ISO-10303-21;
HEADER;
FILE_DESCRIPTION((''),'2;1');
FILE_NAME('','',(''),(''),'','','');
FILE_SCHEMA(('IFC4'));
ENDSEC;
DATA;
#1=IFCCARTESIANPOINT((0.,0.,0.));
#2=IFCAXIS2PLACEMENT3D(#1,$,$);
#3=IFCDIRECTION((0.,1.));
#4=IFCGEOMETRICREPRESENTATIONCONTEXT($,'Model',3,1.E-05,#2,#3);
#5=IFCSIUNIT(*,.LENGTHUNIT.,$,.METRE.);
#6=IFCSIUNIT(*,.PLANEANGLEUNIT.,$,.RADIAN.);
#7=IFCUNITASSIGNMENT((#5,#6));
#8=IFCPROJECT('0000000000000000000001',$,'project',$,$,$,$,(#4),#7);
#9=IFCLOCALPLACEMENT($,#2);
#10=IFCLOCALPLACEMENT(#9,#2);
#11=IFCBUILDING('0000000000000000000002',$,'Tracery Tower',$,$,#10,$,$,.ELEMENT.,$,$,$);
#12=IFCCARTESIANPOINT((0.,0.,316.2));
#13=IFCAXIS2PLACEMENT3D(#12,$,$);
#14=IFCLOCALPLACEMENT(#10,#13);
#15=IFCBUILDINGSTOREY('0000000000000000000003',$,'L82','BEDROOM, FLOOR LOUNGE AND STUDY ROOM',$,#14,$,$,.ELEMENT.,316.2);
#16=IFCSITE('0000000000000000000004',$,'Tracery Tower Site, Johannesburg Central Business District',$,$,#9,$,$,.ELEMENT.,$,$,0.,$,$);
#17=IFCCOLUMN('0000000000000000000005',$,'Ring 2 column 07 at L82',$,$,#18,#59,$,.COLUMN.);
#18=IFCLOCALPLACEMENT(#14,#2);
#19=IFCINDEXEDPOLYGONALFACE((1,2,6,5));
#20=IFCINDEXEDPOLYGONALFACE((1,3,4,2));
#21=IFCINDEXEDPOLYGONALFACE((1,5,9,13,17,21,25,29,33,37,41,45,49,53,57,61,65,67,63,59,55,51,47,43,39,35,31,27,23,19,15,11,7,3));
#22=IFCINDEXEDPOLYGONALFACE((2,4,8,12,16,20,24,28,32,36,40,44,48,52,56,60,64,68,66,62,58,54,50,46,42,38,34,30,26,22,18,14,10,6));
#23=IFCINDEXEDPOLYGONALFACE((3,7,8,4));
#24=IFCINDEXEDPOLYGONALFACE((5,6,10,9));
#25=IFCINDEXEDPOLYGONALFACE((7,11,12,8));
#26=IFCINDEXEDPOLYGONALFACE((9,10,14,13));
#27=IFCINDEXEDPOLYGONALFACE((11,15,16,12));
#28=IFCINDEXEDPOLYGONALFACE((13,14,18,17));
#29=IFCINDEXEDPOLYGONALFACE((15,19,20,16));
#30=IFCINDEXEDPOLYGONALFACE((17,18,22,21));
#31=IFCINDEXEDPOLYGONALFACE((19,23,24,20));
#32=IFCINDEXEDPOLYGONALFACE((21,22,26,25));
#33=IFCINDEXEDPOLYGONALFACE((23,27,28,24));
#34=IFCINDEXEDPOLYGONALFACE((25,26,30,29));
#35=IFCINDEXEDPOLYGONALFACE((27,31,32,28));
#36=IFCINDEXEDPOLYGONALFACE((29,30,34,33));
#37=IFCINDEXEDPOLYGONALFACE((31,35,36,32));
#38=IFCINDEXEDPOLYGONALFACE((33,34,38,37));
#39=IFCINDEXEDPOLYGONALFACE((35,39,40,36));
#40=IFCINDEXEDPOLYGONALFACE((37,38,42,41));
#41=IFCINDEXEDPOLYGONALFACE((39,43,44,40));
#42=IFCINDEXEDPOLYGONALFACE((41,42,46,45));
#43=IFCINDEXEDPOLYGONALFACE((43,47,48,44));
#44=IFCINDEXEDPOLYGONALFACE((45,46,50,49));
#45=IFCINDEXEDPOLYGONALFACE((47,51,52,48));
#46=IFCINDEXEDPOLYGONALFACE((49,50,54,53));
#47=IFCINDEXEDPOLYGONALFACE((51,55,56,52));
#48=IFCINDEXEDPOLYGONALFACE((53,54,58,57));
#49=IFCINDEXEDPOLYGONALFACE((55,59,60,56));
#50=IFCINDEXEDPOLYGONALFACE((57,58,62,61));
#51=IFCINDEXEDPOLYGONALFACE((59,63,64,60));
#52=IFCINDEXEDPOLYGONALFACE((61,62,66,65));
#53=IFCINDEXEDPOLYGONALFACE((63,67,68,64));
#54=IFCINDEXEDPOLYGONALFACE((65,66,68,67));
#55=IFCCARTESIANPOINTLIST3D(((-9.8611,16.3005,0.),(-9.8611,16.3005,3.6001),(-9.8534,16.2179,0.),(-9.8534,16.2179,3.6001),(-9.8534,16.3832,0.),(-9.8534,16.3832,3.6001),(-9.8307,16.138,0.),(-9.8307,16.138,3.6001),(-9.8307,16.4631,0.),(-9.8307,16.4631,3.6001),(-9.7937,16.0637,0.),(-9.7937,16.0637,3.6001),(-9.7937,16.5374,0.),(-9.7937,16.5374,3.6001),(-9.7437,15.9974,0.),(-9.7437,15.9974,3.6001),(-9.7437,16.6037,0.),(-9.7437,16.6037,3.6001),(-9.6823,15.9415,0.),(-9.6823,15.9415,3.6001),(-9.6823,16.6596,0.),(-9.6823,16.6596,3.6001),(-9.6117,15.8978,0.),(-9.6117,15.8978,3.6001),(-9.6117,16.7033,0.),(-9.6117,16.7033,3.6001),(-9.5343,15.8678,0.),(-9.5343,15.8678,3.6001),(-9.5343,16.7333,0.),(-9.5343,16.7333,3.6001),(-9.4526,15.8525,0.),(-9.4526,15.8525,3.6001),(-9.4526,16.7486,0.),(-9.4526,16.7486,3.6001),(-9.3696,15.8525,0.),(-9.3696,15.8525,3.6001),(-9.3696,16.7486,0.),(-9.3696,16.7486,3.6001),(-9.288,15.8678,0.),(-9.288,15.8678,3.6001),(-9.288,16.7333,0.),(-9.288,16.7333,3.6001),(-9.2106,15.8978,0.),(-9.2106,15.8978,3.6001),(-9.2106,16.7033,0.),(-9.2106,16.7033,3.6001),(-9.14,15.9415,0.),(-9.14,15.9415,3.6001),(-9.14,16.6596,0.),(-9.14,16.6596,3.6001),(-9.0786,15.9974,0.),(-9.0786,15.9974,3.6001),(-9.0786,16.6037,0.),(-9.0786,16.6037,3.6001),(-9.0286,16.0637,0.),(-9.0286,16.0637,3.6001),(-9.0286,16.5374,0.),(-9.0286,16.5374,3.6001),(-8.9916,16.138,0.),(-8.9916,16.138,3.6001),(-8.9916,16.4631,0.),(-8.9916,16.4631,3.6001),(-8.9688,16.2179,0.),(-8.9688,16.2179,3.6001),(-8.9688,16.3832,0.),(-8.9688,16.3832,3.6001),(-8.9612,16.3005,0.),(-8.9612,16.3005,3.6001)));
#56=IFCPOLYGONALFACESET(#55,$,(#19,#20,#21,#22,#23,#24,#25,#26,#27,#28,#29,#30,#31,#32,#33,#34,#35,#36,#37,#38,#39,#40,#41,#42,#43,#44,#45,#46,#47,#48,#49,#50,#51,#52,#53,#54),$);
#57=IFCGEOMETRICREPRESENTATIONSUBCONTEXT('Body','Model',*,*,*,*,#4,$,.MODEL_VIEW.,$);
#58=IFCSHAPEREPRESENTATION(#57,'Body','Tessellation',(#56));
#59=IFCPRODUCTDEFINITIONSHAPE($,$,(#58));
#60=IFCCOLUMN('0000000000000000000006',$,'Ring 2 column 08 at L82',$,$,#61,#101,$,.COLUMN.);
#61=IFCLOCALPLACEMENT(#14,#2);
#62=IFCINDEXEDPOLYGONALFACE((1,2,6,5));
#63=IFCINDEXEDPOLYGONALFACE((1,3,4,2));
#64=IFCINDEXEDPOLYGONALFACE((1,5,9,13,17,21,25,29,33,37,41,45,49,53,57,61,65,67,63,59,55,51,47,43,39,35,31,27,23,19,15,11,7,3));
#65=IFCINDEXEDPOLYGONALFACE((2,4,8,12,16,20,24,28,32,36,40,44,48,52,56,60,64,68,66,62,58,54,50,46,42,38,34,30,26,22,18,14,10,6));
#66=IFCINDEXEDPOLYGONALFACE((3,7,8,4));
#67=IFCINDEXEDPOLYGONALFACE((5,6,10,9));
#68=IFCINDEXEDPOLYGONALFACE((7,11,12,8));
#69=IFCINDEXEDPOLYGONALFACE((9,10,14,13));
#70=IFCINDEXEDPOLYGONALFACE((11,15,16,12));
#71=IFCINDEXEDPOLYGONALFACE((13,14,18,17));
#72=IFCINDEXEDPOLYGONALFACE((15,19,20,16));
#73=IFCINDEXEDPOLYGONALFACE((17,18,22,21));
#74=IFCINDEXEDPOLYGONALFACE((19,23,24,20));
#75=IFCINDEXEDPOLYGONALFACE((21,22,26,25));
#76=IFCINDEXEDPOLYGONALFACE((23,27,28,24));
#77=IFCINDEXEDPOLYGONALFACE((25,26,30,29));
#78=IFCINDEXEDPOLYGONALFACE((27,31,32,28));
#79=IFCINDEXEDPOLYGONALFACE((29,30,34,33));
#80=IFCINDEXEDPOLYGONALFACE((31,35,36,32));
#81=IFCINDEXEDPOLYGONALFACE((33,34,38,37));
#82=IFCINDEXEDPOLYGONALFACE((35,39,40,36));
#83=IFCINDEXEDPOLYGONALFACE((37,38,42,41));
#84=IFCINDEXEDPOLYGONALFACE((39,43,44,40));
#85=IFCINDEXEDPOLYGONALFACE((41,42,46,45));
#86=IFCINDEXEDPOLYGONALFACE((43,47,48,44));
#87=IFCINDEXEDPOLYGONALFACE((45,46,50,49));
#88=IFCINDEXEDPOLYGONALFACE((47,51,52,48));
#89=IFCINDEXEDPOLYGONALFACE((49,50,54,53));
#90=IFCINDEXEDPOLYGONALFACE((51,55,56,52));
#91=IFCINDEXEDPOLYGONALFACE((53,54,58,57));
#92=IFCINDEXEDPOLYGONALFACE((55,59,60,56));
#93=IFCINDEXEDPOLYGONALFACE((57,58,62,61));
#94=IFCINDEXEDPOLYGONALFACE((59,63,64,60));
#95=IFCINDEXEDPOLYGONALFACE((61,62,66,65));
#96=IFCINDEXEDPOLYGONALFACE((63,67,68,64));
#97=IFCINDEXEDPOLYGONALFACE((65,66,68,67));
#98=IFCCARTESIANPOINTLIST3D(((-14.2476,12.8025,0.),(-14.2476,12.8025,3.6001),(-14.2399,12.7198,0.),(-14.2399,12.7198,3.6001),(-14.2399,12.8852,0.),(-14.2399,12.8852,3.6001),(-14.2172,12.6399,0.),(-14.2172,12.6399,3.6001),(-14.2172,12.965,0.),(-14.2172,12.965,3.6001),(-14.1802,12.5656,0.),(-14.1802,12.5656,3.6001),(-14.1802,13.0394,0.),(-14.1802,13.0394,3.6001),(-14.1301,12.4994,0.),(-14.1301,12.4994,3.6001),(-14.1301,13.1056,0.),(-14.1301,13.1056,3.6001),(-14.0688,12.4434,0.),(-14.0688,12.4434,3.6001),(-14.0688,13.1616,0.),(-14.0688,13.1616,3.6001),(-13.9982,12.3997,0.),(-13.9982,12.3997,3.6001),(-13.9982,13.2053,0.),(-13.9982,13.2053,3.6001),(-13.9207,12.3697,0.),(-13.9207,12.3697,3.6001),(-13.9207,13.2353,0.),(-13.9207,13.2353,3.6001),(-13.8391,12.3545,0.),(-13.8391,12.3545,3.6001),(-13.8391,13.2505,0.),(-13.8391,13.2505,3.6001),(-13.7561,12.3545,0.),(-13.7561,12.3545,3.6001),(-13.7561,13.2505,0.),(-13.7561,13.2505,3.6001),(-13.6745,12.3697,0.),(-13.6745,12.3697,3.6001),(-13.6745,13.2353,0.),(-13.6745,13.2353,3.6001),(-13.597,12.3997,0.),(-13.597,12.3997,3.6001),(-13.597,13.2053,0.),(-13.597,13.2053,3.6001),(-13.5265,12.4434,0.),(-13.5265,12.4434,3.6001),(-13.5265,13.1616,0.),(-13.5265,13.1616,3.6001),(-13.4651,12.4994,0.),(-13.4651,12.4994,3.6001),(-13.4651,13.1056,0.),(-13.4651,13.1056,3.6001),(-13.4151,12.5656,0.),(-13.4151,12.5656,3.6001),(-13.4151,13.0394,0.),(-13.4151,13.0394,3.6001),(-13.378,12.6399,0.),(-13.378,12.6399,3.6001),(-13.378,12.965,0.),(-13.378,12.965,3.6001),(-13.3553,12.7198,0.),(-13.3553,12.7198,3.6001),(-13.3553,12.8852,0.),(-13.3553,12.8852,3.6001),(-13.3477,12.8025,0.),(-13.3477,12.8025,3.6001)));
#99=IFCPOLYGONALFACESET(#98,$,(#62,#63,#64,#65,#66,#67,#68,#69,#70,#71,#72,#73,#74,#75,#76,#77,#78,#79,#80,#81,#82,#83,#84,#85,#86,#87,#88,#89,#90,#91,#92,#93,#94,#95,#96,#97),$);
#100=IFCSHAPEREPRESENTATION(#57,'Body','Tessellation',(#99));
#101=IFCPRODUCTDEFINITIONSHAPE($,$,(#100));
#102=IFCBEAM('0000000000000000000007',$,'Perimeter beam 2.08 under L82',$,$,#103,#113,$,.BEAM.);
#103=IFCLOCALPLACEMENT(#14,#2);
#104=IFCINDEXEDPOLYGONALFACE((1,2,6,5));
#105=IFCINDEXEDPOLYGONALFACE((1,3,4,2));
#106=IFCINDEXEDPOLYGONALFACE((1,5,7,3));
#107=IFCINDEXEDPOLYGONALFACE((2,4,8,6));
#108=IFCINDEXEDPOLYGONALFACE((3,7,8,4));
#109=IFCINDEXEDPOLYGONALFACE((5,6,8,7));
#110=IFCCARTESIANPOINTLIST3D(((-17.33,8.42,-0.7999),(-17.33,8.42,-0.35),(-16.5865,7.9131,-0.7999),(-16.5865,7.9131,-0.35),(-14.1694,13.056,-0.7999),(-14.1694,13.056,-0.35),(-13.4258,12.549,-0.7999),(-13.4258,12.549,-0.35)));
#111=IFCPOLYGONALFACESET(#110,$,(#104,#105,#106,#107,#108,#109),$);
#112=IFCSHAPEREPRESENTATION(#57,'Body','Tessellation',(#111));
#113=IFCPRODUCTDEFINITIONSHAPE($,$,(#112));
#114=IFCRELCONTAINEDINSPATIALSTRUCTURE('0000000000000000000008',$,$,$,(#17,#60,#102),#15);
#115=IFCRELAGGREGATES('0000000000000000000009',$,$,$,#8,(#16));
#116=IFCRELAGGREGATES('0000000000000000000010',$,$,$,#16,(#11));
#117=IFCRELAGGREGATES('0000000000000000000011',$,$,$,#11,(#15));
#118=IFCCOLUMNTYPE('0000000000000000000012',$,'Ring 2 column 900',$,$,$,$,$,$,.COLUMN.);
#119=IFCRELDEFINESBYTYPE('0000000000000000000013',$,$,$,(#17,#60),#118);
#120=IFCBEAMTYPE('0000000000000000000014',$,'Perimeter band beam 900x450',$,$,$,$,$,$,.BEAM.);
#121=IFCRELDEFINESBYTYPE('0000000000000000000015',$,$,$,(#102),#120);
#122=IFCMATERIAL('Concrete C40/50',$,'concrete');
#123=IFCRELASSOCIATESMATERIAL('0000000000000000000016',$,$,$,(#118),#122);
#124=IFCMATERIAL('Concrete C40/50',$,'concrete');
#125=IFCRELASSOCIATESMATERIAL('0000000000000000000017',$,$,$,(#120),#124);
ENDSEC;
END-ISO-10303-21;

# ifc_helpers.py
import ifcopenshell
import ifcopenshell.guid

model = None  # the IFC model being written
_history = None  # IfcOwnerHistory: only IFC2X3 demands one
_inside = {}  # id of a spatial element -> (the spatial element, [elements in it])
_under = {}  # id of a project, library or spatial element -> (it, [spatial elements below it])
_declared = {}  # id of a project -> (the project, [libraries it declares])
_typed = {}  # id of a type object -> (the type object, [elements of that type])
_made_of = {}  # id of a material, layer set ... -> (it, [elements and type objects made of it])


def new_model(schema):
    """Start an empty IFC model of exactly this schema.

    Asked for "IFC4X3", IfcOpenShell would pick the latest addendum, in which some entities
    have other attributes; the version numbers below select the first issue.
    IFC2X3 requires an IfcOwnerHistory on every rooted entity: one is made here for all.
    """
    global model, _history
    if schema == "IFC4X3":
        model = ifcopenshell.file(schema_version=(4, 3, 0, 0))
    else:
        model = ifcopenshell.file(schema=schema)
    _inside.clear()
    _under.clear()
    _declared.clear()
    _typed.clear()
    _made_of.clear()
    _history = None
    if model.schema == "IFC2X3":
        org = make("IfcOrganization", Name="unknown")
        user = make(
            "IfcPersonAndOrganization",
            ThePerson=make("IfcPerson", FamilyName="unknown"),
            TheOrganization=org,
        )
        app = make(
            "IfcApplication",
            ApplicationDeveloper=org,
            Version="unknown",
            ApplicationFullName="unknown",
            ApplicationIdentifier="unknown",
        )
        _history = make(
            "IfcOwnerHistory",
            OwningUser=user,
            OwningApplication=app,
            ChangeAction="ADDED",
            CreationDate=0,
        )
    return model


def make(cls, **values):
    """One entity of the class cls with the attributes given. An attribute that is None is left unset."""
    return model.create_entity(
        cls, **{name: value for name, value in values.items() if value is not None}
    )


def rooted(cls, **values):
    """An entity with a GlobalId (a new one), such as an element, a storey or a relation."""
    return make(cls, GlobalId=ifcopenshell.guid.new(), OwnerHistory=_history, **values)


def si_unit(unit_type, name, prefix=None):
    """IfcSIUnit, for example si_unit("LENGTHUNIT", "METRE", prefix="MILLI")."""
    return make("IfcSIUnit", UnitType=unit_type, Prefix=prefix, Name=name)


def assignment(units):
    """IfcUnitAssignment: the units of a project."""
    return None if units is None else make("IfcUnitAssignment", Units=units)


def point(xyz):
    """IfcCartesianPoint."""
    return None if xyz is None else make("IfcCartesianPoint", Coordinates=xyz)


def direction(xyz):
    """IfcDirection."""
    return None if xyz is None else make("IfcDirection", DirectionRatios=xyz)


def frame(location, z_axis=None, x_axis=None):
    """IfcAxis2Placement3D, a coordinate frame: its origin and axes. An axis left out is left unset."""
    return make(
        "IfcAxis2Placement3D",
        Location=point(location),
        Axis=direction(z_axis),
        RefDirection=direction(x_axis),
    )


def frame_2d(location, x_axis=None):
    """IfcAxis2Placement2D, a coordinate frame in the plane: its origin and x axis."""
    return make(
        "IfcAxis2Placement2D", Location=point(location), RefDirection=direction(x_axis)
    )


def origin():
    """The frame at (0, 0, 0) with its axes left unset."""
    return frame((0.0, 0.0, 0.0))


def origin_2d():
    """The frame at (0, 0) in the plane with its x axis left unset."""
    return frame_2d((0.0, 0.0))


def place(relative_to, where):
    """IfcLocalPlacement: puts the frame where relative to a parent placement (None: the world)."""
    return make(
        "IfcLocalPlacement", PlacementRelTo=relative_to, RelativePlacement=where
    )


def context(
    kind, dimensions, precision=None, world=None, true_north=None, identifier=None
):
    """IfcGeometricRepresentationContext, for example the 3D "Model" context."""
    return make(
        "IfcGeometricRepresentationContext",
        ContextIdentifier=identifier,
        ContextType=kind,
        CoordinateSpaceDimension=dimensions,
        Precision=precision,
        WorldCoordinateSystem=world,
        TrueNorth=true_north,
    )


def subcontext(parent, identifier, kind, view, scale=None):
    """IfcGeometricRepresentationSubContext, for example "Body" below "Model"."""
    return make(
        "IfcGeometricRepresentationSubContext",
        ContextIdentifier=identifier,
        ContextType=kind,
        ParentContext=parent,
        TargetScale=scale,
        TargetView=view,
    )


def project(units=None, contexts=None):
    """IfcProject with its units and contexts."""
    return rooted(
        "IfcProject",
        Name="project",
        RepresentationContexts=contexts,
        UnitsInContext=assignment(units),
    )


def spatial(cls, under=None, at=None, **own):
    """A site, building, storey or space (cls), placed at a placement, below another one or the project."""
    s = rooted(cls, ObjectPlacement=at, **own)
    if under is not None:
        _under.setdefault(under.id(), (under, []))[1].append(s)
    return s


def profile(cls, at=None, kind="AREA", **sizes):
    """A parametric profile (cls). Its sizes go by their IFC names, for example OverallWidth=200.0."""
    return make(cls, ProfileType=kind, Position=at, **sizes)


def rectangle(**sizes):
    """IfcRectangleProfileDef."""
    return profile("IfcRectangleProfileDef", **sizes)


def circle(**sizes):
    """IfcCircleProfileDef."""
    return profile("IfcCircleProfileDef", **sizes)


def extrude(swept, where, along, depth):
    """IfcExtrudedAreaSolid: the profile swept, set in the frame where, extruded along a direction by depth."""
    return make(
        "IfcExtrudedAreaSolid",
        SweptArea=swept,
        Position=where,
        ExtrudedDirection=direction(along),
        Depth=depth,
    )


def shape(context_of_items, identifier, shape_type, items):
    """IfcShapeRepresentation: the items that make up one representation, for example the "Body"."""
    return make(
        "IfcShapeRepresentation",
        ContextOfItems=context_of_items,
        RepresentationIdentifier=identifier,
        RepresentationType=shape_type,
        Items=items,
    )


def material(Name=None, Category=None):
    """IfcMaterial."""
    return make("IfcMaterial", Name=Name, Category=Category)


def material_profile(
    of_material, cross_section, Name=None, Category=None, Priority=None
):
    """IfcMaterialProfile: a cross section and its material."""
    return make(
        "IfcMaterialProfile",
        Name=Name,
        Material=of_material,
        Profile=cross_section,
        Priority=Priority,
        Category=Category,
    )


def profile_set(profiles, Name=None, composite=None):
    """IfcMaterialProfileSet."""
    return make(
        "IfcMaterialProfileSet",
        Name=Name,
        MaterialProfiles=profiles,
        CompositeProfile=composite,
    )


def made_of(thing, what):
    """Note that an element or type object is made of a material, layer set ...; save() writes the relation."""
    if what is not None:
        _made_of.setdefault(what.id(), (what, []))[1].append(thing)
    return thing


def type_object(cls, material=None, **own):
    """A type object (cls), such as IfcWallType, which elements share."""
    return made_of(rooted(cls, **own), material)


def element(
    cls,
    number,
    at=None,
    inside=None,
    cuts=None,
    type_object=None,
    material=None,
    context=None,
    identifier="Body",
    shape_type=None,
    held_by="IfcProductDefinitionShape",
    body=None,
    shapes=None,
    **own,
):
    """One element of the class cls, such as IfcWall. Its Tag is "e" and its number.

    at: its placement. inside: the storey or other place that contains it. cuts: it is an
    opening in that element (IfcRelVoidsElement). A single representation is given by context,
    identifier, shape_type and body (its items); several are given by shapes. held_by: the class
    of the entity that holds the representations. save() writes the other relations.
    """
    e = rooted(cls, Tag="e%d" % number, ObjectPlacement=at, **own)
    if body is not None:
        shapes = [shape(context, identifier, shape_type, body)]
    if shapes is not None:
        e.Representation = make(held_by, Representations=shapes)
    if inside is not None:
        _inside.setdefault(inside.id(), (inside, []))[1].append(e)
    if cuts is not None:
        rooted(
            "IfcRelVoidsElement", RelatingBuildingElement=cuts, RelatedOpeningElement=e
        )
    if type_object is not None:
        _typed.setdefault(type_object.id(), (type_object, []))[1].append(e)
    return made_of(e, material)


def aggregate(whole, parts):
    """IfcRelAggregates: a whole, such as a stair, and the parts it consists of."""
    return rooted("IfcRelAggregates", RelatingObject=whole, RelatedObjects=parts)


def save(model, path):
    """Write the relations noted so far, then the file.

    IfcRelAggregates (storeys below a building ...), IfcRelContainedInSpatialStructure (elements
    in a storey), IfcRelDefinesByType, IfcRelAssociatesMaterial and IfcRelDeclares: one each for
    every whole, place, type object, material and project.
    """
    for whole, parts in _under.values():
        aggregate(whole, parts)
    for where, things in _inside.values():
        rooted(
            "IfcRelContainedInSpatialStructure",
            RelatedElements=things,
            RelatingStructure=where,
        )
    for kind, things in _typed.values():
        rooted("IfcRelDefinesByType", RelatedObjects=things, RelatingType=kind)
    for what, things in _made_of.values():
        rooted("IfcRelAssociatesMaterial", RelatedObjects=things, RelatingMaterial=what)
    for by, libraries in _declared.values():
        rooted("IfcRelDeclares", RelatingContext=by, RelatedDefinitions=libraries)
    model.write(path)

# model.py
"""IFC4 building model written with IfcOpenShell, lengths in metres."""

from ifc_helpers import new_model, si_unit, direction, frame, origin, origin_2d, place, context, subcontext, project, spatial, rectangle, circle, extrude, material, material_profile, profile_set, type_object, element, save


model = new_model("IFC4")

# Units and contexts
model_context = context("Model", 3, precision=1e-05, world=origin(), true_north=direction((0.0, 1.0)))
body_context = subcontext(model_context, "Body", "Model", "MODEL_VIEW")
ifc_project = project(units=[si_unit("LENGTHUNIT", "METRE"), si_unit("PLANEANGLEUNIT", "RADIAN")], contexts=[model_context])

# Site, building, storey
site_placement = place(None, origin())
site = spatial("IfcSite", under=ifc_project, at=site_placement, Name="Tracery Tower Site, Johannesburg Central Business District", CompositionType="ELEMENT", RefElevation=0.0)
building_placement = place(site_placement, origin())
building = spatial("IfcBuilding", under=site, at=building_placement, Name="Tracery Tower", CompositionType="ELEMENT")
storey_placement = place(building_placement, frame((0.0, 0.0, 316.2)))
storey = spatial("IfcBuildingStorey", under=building, at=storey_placement, Name="L82", Description="BEDROOM, FLOOR LOUNGE AND STUDY ROOM", CompositionType="ELEMENT", Elevation=316.2)

# Columns
ifc_material_1 = material(Name="Concrete C40/50", Category="concrete")
ifc_material_profile_1 = material_profile(ifc_material_1, circle(Radius=0.45, at=origin_2d()), Name="RC D900")
ifc_profile_set_1 = profile_set([ifc_material_profile_1], Name="Concrete C40/50")
column_type = type_object("IfcColumnType", Name="Ring 2 column 900", PredefinedType="COLUMN", material=ifc_profile_set_1)
for number, where, z_axis, x_axis, name in (
    (1, (-9.4111, 16.3005, 0.0), (0.0, 0.0, 1.0), (1.0, 0.0, 0.0), "Ring 2 column 07 at L82"),
    (2, (-13.7976, 12.8025, 0.0), (0.0, 0.0, 1.0), (1.0, 0.0, 0.0), "Ring 2 column 08 at L82"),
):
    element("IfcColumn", number, at=place(storey_placement, frame(where, z_axis=z_axis, x_axis=x_axis)), inside=storey, type_object=column_type, Name=name, PredefinedType="COLUMN", context=body_context, shape_type="SweptSolid", body=[
        extrude(circle(Radius=0.45, at=origin_2d()), origin(), (0.0, 0.0, 1.0), 3.6001),
    ])

# Beam
ifc_material_2 = material(Name="Concrete C40/50", Category="concrete")
ifc_material_profile_2 = material_profile(ifc_material_2, rectangle(XDim=0.8999, YDim=0.45, at=origin_2d()), Name="RC 900x450")
ifc_profile_set_2 = profile_set([ifc_material_profile_2], Name="Concrete C40/50")
beam_type = type_object("IfcBeamType", Name="Perimeter band beam 900x450", PredefinedType="BEAM", material=ifc_profile_set_2)
beam_placement = place(storey_placement, frame((-13.7976, 12.8025, -0.575), z_axis=(-0.563306, -0.826249, 0.0), x_axis=(0.826249, -0.563306, 0.0)))
element("IfcBeam", 3, at=beam_placement, inside=storey, type_object=beam_type, Name="Perimeter beam 2.08 under L82", PredefinedType="BEAM", context=body_context, shape_type="SweptSolid", body=[
    extrude(rectangle(XDim=0.8999, YDim=0.45, at=origin_2d()), origin(), (0.0, 0.0, 1.0), 5.6108),
])

save(model, "model.ifc")
